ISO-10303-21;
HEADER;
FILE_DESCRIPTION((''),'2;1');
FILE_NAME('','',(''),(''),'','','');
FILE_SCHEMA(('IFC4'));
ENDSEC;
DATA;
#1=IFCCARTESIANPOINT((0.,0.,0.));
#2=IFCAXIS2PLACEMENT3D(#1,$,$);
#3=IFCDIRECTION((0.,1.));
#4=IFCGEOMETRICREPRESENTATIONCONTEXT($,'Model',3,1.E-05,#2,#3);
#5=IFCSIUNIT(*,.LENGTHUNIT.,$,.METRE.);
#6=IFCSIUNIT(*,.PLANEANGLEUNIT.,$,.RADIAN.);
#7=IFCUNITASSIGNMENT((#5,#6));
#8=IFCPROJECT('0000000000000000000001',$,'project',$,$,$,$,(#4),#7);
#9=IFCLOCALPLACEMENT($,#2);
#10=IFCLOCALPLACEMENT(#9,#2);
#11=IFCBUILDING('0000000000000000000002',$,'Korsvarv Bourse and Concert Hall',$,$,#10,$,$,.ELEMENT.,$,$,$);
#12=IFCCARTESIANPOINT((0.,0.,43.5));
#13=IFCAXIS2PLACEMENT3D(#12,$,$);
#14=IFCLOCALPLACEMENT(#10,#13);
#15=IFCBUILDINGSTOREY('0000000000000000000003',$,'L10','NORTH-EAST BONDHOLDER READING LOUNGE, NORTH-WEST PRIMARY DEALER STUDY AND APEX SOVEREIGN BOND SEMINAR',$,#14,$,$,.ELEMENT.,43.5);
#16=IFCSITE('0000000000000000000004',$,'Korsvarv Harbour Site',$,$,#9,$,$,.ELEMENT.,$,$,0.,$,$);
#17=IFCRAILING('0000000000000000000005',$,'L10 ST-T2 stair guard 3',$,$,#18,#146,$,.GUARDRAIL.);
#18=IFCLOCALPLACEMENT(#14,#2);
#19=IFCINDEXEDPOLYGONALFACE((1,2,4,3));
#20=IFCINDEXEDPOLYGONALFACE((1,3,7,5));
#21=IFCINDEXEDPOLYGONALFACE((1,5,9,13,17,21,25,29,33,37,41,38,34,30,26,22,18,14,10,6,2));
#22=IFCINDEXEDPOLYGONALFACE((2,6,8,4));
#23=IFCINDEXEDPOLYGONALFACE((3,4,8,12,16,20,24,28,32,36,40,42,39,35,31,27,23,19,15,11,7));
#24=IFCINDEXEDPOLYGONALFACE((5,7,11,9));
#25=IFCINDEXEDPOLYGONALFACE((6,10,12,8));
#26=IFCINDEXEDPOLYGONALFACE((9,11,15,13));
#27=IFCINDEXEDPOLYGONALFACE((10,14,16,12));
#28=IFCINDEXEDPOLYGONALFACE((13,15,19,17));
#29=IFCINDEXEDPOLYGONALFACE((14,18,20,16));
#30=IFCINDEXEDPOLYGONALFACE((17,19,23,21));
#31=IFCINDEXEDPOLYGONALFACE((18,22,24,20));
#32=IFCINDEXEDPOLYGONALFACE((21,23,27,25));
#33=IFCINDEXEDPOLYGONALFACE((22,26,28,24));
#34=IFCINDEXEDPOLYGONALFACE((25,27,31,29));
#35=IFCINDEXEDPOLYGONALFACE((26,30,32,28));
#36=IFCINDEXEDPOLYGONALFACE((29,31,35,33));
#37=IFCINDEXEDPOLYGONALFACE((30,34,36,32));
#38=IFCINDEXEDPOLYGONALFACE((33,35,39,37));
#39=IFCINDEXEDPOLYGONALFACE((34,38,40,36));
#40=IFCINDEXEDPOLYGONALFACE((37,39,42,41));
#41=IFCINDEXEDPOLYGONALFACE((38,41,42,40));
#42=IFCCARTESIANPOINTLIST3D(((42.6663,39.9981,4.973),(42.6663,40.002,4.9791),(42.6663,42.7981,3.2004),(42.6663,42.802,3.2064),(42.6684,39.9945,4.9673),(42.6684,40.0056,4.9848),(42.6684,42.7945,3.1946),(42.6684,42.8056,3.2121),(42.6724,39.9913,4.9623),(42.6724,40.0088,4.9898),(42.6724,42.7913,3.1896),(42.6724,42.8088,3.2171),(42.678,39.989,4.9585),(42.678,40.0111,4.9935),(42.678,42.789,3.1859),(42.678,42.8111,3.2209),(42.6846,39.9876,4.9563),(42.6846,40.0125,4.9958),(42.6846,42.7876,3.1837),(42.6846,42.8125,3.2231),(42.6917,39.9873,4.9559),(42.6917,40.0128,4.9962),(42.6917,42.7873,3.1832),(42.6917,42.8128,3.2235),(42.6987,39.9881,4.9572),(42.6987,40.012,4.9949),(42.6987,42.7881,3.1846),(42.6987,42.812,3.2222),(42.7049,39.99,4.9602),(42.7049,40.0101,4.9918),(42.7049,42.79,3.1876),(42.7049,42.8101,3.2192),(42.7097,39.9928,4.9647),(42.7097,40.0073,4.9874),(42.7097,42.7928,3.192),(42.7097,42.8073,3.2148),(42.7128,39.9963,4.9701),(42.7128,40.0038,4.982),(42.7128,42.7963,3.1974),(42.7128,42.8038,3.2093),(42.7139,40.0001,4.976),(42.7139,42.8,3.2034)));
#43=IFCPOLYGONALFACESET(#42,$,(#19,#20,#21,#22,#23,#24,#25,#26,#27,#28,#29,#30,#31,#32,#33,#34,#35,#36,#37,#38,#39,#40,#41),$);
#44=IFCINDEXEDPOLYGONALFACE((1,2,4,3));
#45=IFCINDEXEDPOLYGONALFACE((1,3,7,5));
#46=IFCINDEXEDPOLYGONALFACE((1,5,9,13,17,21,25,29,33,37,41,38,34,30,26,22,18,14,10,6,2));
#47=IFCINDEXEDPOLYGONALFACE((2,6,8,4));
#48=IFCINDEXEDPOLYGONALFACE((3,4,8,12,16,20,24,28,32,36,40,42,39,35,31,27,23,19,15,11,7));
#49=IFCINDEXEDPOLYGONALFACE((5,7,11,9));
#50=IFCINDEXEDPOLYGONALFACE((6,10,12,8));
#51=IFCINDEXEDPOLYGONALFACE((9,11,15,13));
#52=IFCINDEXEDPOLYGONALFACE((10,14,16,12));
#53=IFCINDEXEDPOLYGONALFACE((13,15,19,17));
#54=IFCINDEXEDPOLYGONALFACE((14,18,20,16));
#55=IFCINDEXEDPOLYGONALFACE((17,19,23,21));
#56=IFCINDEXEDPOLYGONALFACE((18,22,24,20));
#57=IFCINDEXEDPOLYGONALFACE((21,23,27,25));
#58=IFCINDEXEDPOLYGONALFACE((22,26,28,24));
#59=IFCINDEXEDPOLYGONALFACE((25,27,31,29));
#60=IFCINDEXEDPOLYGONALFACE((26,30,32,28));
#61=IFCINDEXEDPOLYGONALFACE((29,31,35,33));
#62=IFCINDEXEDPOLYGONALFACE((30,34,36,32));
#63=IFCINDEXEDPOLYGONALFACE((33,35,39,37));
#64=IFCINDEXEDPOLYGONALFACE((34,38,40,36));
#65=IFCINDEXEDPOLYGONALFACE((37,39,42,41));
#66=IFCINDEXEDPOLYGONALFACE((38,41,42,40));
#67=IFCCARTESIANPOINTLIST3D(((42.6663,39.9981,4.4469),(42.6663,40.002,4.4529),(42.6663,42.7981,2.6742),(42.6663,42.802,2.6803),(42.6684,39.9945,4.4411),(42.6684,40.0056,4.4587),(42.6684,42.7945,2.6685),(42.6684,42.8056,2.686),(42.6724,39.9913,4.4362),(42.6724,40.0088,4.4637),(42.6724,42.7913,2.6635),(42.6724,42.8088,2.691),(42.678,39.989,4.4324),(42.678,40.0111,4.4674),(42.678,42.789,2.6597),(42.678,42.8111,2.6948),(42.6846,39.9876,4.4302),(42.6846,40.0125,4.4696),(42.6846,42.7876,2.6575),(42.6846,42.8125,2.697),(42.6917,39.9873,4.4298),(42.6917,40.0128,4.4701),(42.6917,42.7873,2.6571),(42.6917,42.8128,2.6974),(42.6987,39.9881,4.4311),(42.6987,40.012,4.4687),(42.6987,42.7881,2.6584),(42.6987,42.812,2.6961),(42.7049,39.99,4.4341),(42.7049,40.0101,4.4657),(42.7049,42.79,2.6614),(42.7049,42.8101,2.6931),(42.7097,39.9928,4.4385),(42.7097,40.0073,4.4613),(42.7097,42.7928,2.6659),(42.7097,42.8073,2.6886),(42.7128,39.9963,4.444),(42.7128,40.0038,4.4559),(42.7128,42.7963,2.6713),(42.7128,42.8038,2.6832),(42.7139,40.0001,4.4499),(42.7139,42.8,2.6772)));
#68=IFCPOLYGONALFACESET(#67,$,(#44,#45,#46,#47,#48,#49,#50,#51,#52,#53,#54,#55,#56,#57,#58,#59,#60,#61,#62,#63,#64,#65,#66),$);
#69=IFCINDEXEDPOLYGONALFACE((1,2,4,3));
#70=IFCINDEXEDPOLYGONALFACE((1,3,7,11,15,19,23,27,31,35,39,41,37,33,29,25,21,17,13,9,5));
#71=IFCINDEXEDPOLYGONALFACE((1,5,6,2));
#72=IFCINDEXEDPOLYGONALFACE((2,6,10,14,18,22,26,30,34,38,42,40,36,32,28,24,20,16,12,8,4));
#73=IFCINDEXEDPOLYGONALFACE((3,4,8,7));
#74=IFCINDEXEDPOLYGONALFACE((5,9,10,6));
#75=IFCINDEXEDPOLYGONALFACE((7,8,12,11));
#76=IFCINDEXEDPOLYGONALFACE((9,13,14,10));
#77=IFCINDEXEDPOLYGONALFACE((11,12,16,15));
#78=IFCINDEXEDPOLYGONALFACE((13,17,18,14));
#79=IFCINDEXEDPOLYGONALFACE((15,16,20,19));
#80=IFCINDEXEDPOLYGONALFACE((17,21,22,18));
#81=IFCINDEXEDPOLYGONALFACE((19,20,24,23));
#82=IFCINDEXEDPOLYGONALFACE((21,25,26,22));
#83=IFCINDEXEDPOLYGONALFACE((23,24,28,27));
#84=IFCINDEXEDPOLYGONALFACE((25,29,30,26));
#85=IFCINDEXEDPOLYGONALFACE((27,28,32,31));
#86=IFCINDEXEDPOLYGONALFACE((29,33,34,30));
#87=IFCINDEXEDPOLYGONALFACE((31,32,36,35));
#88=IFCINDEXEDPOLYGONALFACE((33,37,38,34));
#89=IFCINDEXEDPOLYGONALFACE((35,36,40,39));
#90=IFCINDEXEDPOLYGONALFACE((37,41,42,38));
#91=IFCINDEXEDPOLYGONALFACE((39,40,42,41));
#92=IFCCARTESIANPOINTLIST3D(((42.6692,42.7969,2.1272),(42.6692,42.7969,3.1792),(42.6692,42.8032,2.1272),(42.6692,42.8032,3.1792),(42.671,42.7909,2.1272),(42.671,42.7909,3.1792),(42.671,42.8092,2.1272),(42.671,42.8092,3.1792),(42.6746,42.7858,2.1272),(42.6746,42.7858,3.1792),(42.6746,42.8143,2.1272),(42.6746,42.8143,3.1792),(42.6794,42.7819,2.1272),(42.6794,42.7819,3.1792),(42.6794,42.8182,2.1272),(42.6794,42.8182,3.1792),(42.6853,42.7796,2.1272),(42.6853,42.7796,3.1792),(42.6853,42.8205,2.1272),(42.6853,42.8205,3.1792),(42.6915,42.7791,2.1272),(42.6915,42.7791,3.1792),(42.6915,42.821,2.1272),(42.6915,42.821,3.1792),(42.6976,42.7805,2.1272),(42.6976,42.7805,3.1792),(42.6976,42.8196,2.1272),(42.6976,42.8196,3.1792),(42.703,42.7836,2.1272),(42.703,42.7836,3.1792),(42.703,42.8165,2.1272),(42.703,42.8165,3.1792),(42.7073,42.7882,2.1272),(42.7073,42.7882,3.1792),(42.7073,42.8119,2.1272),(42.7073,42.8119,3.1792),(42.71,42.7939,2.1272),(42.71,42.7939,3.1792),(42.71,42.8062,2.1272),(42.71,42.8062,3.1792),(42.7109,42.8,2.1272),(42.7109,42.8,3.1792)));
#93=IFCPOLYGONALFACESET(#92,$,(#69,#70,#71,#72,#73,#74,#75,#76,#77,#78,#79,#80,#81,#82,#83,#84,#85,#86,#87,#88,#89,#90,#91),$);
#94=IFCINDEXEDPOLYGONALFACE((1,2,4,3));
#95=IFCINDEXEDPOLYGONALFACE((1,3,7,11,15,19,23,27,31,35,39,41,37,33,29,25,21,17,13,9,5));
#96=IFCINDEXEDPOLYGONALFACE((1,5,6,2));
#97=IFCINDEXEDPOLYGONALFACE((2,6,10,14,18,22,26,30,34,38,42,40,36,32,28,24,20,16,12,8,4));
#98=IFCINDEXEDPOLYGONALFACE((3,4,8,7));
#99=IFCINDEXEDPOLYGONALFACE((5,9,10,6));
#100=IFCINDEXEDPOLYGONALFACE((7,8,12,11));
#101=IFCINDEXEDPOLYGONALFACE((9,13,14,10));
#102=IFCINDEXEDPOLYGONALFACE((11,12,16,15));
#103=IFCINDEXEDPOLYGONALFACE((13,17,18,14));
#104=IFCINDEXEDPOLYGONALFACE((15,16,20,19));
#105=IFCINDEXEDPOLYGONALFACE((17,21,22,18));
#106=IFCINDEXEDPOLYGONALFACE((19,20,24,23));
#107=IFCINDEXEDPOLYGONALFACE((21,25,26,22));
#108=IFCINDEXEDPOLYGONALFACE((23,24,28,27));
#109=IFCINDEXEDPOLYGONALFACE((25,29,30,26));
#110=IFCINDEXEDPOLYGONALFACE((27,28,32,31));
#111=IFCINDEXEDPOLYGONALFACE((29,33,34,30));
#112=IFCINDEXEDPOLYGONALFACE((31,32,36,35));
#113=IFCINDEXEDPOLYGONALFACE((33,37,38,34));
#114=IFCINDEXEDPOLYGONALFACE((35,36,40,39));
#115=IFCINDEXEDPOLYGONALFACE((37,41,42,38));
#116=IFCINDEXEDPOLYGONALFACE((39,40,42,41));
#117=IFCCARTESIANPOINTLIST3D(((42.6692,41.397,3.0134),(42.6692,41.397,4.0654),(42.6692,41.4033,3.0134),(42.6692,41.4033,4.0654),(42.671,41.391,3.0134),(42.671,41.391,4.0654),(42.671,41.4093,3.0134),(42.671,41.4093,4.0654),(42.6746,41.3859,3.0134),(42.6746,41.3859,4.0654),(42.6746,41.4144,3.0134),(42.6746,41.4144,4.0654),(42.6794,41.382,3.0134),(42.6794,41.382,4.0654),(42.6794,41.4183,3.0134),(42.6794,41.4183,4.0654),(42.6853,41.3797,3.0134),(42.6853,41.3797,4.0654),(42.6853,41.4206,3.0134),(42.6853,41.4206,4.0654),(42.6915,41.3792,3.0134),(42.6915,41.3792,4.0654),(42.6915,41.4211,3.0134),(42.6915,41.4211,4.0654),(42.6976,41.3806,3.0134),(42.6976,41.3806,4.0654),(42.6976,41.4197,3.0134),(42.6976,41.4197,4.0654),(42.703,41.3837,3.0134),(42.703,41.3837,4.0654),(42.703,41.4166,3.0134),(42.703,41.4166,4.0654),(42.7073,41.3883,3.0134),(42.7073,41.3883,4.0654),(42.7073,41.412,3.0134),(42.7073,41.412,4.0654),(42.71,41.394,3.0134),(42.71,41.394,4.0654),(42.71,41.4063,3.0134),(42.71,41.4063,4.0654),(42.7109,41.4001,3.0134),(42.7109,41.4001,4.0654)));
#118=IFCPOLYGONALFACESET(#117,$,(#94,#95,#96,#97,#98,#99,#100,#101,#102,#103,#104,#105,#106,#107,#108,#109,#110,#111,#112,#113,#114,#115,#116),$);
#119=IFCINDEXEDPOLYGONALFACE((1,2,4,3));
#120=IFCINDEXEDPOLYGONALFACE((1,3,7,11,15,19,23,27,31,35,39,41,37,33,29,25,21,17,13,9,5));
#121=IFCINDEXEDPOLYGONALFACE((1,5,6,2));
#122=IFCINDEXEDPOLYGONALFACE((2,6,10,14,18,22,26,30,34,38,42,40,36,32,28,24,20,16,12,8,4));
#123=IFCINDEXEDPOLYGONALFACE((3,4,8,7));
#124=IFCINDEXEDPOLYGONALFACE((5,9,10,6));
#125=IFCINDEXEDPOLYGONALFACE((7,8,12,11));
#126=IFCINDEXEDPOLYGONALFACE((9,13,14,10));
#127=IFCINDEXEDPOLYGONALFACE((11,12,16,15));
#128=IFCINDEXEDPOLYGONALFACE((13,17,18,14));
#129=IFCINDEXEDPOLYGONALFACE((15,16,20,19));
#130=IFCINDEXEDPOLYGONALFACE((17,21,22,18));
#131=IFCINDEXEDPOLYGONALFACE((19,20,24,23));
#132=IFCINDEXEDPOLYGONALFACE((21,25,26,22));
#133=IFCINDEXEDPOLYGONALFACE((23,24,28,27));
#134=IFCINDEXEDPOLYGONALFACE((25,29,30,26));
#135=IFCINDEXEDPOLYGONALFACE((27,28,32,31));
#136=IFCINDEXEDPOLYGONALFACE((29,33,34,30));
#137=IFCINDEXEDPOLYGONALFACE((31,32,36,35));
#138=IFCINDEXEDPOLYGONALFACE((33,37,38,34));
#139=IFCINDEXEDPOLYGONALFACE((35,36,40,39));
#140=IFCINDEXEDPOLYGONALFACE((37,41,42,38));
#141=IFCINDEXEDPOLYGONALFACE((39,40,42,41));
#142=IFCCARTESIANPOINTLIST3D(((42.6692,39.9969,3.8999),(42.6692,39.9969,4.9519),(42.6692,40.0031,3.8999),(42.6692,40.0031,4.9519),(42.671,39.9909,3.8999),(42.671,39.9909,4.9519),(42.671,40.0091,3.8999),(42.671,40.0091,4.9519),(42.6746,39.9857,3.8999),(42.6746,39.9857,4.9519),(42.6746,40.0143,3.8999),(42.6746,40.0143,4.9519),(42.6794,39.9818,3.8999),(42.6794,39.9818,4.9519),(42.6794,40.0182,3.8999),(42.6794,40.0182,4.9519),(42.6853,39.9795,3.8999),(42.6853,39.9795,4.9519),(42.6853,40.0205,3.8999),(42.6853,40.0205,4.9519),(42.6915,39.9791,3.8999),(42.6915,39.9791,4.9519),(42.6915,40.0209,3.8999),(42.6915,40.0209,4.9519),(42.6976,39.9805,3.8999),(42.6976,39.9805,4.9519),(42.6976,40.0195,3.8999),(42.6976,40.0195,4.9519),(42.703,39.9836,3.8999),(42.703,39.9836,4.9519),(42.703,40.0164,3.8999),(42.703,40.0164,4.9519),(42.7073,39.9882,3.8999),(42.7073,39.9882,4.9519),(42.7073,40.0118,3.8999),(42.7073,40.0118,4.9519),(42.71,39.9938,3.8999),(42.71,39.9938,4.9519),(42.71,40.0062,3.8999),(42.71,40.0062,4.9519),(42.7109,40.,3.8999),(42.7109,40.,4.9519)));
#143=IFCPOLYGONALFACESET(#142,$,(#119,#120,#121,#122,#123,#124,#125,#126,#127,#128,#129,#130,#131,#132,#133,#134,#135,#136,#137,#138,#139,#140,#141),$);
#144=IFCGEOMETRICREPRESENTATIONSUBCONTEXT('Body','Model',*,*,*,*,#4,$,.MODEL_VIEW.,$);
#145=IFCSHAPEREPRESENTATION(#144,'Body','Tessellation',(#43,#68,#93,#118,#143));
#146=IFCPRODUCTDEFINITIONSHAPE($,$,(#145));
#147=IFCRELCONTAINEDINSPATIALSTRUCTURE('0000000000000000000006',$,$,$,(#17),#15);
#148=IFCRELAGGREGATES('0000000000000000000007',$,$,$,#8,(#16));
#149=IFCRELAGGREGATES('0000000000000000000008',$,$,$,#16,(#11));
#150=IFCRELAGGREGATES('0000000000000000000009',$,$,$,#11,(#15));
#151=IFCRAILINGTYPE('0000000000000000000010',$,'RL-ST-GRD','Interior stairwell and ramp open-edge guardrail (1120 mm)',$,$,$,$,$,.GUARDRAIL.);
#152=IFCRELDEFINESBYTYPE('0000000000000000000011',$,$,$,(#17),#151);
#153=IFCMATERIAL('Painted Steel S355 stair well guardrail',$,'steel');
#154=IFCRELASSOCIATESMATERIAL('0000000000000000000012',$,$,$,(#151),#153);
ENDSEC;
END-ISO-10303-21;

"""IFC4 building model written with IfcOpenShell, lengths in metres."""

from ifc_helpers import new_model, si_unit, direction, frame, origin, origin_2d, place, context, subcontext, project, spatial, circle, extrude, material, type_object, element, save


model = new_model("IFC4")

# Units and contexts
model_context = context("Model", 3, precision=1e-05, world=origin(), true_north=direction((0.0, 1.0)))
body_context = subcontext(model_context, "Body", "Model", "MODEL_VIEW")
ifc_project = project(units=[si_unit("LENGTHUNIT", "METRE"), si_unit("PLANEANGLEUNIT", "RADIAN")], contexts=[model_context])

# Site, building, storey
site_placement = place(None, origin())
site = spatial("IfcSite", under=ifc_project, at=site_placement, Name="Korsvarv Harbour Site", CompositionType="ELEMENT", RefElevation=0.0)
building_placement = place(site_placement, origin())
building = spatial("IfcBuilding", under=site, at=building_placement, Name="Korsvarv Bourse and Concert Hall", CompositionType="ELEMENT")
storey_placement = place(building_placement, frame((0.0, 0.0, 43.5)))
storey = spatial("IfcBuildingStorey", under=building, at=storey_placement, Name="L10", Description="NORTH-EAST BONDHOLDER READING LOUNGE, NORTH-WEST PRIMARY DEALER STUDY AND APEX SOVEREIGN BOND SEMINAR", CompositionType="ELEMENT", Elevation=43.5)

# Railing
ifc_material_1 = material(Name="Painted Steel S355 stair well guardrail", Category="steel")
railing_type_1 = type_object("IfcRailingType", Name="RL-ST-GRD", Description="Interior stairwell and ramp open-edge guardrail (1120 mm)", PredefinedType="GUARDRAIL", material=ifc_material_1)
railing_1_placement = place(storey_placement, frame((42.6899, 42.8, 2.1272)))
element("IfcRailing", 1, at=railing_1_placement, inside=storey, type_object=railing_type_1, Name="L10 ST-T2 stair guard 3", PredefinedType="GUARDRAIL", context=body_context, shape_type="SweptSolid", body=[
    extrude(circle(Radius=0.0239, at=origin_2d()), frame((0.0, 0.0, 1.0762), z_axis=(0.0, -0.844909, 0.53491), x_axis=(1.0, 0.0, 0.0)), (0.0, 0.0, 1.0), 3.314),
    extrude(circle(Radius=0.0239, at=origin_2d()), frame((0.0, 0.0, 0.55), z_axis=(0.0, -0.844909, 0.53491), x_axis=(1.0, 0.0, 0.0)), (0.0, 0.0, 1.0), 3.314),
    extrude(circle(Radius=0.021, at=origin_2d()), origin(), (0.0, 0.0, 1.0), 1.052),
    extrude(circle(Radius=0.021, at=origin_2d()), frame((0.0, -1.3999, 0.8862)), (0.0, 0.0, 1.0), 1.052),
    extrude(circle(Radius=0.021, at=origin_2d()), frame((0.0, -2.8, 1.7727)), (0.0, 0.0, 1.0), 1.052),
])

save(model, "model.ifc")
